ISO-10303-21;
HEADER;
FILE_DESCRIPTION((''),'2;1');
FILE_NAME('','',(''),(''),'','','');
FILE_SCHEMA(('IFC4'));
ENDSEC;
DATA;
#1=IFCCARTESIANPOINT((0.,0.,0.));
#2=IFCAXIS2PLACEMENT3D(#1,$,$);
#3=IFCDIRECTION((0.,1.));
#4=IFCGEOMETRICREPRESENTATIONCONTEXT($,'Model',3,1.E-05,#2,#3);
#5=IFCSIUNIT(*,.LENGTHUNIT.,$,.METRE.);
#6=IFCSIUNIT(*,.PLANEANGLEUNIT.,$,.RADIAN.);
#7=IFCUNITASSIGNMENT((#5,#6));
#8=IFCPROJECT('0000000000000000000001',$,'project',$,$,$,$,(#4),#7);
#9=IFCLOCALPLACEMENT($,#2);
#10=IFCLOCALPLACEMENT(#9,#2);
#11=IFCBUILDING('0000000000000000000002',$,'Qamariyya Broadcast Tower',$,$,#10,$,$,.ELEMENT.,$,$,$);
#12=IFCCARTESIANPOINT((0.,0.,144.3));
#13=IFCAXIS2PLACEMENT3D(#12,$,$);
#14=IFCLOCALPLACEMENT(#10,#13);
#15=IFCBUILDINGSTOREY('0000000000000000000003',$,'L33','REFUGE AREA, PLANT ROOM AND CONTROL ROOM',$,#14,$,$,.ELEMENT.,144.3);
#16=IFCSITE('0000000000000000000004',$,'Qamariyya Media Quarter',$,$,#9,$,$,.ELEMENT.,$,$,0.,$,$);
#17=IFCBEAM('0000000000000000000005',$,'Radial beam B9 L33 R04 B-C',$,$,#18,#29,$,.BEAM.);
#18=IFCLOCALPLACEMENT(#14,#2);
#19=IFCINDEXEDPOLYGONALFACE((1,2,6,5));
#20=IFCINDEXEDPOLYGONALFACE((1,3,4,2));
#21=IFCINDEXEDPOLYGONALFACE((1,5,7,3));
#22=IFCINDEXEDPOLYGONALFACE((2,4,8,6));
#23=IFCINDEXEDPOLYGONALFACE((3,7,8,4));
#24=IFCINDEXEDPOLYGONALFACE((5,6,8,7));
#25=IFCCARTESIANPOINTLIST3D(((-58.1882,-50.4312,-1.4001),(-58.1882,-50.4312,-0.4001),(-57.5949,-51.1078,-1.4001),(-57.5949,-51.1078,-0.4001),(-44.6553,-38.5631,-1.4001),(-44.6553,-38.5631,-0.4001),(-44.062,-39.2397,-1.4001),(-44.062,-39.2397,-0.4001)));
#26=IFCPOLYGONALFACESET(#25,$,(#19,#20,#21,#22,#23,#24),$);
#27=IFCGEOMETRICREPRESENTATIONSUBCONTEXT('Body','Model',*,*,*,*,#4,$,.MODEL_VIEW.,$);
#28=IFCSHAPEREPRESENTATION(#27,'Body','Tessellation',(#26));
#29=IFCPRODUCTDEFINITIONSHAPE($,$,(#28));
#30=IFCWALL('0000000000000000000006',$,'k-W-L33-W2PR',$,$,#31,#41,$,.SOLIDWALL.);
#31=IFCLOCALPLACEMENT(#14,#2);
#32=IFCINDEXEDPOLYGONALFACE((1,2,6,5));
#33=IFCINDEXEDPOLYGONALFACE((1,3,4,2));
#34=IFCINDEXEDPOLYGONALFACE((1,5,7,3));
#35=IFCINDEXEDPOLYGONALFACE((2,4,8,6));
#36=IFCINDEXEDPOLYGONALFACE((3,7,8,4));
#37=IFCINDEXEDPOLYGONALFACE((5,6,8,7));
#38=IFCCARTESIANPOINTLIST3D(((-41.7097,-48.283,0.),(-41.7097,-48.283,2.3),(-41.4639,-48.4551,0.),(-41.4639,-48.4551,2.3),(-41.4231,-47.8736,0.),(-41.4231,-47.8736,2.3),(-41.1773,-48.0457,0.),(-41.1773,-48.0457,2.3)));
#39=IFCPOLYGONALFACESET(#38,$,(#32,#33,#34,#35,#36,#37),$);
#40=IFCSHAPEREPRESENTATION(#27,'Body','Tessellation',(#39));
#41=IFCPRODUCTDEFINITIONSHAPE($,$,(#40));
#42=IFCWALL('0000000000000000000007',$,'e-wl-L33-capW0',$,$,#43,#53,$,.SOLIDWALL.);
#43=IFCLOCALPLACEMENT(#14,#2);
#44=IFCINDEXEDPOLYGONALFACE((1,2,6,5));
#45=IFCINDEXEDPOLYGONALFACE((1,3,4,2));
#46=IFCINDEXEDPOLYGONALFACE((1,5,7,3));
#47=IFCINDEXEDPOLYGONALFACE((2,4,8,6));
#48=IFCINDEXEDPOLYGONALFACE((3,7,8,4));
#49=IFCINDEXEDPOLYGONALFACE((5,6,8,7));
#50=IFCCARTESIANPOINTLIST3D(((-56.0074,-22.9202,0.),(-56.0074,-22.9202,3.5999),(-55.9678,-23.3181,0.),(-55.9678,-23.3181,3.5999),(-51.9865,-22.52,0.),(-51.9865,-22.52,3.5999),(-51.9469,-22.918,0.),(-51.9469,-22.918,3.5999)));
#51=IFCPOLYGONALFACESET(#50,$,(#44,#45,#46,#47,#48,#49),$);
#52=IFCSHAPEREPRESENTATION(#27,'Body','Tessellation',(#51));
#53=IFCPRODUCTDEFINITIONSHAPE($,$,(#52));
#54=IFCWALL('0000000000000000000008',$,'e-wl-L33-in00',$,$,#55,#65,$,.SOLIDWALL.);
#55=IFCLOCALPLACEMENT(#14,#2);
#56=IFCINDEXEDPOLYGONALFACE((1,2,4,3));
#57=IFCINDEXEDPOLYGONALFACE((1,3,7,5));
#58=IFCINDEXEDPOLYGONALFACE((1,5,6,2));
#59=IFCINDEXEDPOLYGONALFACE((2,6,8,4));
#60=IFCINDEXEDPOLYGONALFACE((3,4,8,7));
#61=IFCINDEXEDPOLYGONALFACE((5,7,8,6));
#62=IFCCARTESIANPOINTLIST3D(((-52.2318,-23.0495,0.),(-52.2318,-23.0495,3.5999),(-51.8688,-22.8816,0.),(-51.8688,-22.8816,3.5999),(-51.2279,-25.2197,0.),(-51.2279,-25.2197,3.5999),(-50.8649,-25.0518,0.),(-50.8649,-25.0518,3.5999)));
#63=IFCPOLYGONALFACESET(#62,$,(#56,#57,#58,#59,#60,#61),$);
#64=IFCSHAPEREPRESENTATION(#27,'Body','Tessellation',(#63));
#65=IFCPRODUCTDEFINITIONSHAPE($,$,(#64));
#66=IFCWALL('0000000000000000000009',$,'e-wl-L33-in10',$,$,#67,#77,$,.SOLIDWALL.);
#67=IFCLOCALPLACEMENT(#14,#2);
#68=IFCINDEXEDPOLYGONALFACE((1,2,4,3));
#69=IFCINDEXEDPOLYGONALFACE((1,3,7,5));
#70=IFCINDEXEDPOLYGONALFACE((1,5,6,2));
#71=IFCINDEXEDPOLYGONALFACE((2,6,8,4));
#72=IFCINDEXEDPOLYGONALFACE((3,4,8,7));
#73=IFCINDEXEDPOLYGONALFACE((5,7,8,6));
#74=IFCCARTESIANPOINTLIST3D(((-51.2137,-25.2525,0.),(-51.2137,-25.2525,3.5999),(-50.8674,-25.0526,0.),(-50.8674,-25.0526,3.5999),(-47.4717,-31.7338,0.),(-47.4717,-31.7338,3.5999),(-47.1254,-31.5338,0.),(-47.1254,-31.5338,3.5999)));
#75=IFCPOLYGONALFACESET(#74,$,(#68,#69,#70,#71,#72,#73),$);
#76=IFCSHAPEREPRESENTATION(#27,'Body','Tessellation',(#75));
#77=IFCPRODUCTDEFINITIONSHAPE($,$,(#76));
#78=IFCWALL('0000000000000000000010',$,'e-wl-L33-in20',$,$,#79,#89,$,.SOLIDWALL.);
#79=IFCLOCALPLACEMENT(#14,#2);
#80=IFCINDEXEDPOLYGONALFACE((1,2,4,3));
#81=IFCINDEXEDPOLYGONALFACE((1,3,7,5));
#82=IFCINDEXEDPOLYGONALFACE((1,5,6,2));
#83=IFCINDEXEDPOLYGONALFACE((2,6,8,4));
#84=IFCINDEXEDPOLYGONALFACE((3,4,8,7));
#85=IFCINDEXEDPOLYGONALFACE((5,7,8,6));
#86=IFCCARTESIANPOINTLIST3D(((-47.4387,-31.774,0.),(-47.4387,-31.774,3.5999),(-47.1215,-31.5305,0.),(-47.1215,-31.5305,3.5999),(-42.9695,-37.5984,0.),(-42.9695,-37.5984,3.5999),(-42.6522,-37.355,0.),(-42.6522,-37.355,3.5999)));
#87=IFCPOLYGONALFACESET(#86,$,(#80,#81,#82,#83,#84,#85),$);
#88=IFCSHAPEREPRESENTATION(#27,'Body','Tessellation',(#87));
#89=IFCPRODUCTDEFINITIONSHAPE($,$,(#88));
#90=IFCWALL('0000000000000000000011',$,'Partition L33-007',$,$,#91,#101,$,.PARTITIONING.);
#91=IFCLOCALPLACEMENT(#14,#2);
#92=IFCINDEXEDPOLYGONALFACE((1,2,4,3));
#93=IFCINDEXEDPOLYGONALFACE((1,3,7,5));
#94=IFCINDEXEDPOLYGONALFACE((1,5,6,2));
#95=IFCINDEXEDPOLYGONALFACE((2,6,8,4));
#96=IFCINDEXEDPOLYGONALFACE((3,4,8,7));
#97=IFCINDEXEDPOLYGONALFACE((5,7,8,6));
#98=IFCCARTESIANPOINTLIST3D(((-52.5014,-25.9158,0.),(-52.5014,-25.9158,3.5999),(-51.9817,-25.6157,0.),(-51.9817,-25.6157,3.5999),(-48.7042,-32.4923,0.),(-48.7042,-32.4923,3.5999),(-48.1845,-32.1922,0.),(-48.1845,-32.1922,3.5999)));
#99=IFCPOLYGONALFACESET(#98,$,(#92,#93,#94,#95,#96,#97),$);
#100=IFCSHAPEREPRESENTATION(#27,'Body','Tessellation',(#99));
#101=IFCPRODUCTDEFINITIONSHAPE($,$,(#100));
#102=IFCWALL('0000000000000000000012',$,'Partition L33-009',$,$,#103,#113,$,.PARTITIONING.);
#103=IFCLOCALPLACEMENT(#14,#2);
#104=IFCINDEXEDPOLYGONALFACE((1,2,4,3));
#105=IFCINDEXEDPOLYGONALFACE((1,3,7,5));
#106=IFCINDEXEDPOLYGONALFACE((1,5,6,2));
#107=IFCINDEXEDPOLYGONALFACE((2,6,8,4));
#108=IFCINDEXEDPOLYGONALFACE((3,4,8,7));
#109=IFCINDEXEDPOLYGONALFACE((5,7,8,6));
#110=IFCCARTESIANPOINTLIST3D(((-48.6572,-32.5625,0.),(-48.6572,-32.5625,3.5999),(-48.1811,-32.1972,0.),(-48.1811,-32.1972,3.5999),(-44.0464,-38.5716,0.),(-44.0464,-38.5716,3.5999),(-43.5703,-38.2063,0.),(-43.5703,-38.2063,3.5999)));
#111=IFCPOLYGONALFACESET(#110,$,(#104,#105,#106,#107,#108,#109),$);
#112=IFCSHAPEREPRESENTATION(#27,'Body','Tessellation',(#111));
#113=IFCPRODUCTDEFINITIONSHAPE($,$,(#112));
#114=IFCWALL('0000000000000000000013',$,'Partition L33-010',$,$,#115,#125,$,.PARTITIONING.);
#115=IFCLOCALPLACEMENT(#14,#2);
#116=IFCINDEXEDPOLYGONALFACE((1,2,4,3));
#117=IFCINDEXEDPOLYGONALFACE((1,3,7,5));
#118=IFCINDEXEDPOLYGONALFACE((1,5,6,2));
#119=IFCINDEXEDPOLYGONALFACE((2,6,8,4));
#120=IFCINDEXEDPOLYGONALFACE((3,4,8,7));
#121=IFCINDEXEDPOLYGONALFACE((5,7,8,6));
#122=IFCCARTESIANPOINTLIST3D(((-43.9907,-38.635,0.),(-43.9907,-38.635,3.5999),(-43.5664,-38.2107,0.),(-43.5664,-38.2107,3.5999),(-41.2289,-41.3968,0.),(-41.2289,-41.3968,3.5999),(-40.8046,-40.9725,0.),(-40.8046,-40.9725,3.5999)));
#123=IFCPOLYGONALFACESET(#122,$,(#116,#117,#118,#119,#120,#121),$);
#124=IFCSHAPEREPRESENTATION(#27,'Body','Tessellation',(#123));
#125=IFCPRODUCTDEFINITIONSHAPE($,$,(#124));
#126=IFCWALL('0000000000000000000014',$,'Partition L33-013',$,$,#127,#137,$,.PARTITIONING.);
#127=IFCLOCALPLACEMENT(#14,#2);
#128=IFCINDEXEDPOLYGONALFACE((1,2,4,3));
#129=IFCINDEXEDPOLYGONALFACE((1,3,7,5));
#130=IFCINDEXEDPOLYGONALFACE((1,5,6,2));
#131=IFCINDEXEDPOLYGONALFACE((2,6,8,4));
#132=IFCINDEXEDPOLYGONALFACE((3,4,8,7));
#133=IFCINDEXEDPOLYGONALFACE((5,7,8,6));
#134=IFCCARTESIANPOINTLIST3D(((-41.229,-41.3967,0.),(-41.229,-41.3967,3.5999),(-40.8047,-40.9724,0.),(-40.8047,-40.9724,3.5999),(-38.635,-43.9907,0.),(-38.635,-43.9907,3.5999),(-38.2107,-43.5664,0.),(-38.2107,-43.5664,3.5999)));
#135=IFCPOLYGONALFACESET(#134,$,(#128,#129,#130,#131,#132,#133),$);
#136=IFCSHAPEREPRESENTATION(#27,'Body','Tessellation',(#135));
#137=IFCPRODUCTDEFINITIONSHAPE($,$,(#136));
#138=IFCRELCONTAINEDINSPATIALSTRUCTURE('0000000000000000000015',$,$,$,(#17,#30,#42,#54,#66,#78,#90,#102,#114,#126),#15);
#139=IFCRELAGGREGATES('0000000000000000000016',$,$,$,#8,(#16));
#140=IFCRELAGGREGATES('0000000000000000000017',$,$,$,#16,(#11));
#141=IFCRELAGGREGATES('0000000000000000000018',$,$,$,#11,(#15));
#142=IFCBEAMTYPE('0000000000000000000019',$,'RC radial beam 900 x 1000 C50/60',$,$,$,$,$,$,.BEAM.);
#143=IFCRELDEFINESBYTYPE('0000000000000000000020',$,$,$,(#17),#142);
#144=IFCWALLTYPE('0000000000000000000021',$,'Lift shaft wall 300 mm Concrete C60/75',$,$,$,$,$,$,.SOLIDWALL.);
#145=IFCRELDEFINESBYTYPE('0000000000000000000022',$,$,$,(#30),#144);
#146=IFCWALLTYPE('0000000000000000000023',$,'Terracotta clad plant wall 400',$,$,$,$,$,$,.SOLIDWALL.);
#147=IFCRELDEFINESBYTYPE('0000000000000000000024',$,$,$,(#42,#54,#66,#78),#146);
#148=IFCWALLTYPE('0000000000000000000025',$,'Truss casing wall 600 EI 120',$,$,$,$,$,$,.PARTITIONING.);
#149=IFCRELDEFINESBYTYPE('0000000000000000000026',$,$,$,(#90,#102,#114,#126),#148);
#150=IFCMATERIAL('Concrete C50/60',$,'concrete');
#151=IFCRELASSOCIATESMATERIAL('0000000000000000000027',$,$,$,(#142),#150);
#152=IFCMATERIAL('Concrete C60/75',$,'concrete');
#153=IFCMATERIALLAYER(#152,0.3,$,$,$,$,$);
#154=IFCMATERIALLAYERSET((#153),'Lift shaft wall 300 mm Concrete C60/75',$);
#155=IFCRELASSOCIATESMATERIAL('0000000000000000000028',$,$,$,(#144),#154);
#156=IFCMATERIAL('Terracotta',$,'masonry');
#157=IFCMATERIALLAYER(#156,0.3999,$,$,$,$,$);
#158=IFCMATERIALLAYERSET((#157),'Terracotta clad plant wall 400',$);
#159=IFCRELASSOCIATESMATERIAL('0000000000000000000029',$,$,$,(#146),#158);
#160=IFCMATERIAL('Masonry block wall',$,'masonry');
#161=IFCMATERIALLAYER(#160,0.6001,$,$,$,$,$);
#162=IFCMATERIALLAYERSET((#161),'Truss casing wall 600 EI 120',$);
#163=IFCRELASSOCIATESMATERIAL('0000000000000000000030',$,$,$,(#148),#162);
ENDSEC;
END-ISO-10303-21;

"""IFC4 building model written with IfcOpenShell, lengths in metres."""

from ifc_helpers import new_model, si_unit, direction, frame, frame_2d, origin, origin_2d, place, context, subcontext, project, spatial, rectangle, extrude, material, layer, layer_set, material_profile, profile_set, type_object, element, save


model = new_model("IFC4")

# Units and contexts
model_context = context("Model", 3, precision=1e-05, world=origin(), true_north=direction((0.0, 1.0)))
body_context = subcontext(model_context, "Body", "Model", "MODEL_VIEW")
ifc_project = project(units=[si_unit("LENGTHUNIT", "METRE"), si_unit("PLANEANGLEUNIT", "RADIAN")], contexts=[model_context])

# Site, building, storey
site_placement = place(None, origin())
site = spatial("IfcSite", under=ifc_project, at=site_placement, Name="Qamariyya Media Quarter", CompositionType="ELEMENT", RefElevation=0.0)
building_placement = place(site_placement, origin())
building = spatial("IfcBuilding", under=site, at=building_placement, Name="Qamariyya Broadcast Tower", CompositionType="ELEMENT")
storey_placement = place(building_placement, frame((0.0, 0.0, 144.3)))
storey = spatial("IfcBuildingStorey", under=building, at=storey_placement, Name="L33", Description="REFUGE AREA, PLANT ROOM AND CONTROL ROOM", CompositionType="ELEMENT", Elevation=144.3)

# Beam
ifc_material_1 = material(Name="Concrete C50/60", Category="concrete")
ifc_material_profile_1 = material_profile(ifc_material_1, rectangle(XDim=0.8999, YDim=1.0, at=origin_2d()))
ifc_profile_set_1 = profile_set([ifc_material_profile_1], Name="Concrete C50/60")
beam_type_1 = type_object("IfcBeamType", Name="RC radial beam 900 x 1000 C50/60", PredefinedType="BEAM", material=ifc_profile_set_1)
beam_1_placement = place(storey_placement, frame((-44.3586, -38.9014, -0.9001), z_axis=(-0.751838, -0.659348, 0.0), x_axis=(0.659348, -0.751838, 0.0)))
element("IfcBeam", 1, at=beam_1_placement, inside=storey, type_object=beam_type_1, Name="Radial beam B9 L33 R04 B-C", PredefinedType="BEAM", context=body_context, shape_type="SweptSolid", body=[
    extrude(rectangle(XDim=0.8999, YDim=1.0, at=origin_2d()), origin(), (0.0, 0.0, 1.0), 17.9998),
])

# Walls
ifc_material_2 = material(Name="Concrete C60/75", Category="concrete")
ifc_layer_1 = layer(ifc_material_2, 0.3)
ifc_layer_set_1 = layer_set([ifc_layer_1], Name="Lift shaft wall 300 mm Concrete C60/75")
wall_type_1 = type_object("IfcWallType", Name="Lift shaft wall 300 mm Concrete C60/75", PredefinedType="SOLIDWALL", material=ifc_layer_set_1)
wall_1_placement = place(storey_placement, frame((-41.5869, -48.3691, 0.0), z_axis=(0.0, 0.0, 1.0), x_axis=(0.573495, 0.819209, 0.0)))
element("IfcWall", 2, at=wall_1_placement, inside=storey, type_object=wall_type_1, Name="k-W-L33-W2PR", PredefinedType="SOLIDWALL", context=body_context, shape_type="SweptSolid", body=[
    extrude(rectangle(XDim=0.4998, YDim=0.3, at=frame_2d((0.25, 0.0))), origin(), (0.0, 0.0, 1.0), 2.3),
])
ifc_material_3 = material(Name="Terracotta", Category="masonry")
ifc_layer_2 = layer(ifc_material_3, 0.3999)
ifc_layer_set_2 = layer_set([ifc_layer_2], Name="Terracotta clad plant wall 400")
wall_type_2 = type_object("IfcWallType", Name="Terracotta clad plant wall 400", PredefinedType="SOLIDWALL", material=ifc_layer_set_2)
wall_2_placement = place(storey_placement, frame((-51.9666, -22.719, 0.0), z_axis=(0.0, 0.0, 1.0), x_axis=(-0.995085, -0.099025, 0.0)))
element("IfcWall", 3, at=wall_2_placement, inside=storey, type_object=wall_type_2, Name="e-wl-L33-capW0", PredefinedType="SOLIDWALL", context=body_context, shape_type="SweptSolid", body=[
    extrude(rectangle(XDim=4.0408, YDim=0.3999, at=frame_2d((2.0205, 0.0))), origin(), (0.0, 0.0, 1.0), 3.5999),
])
wall_3_placement = place(storey_placement, frame((-51.0464, -25.1357, 0.0), z_axis=(0.0, 0.0, 1.0), x_axis=(-0.419848, 0.907594, 0.0)))
element("IfcWall", 4, at=wall_3_placement, inside=storey, type_object=wall_type_2, Name="e-wl-L33-in00", PredefinedType="SOLIDWALL", context=body_context, shape_type="SweptSolid", body=[
    extrude(rectangle(XDim=2.3911, YDim=0.3999, at=frame_2d((1.1956, 0.0))), origin(), (0.0, 0.0, 1.0), 3.5999),
])
wall_4_placement = place(storey_placement, frame((-47.2986, -31.6338, 0.0), z_axis=(0.0, 0.0, 1.0), x_axis=(-0.500002, 0.866024, 0.0)))
element("IfcWall", 5, at=wall_4_placement, inside=storey, type_object=wall_type_2, Name="e-wl-L33-in10", PredefinedType="SOLIDWALL", context=body_context, shape_type="SweptSolid", body=[
    extrude(rectangle(XDim=7.4839, YDim=0.3999, at=frame_2d((3.7419, 0.0))), origin(), (0.0, 0.0, 1.0), 3.5999),
])
wall_5_placement = place(storey_placement, frame((-42.8108, -37.4768, 0.0), z_axis=(0.0, 0.0, 1.0), x_axis=(-0.608759, 0.793355, 0.0)))
element("IfcWall", 6, at=wall_5_placement, inside=storey, type_object=wall_type_2, Name="e-wl-L33-in20", PredefinedType="SOLIDWALL", context=body_context, shape_type="SweptSolid", body=[
    extrude(rectangle(XDim=7.3416, YDim=0.3999, at=frame_2d((3.6709, 0.0))), origin(), (0.0, 0.0, 1.0), 3.5999),
])
ifc_material_4 = material(Name="Masonry block wall", Category="masonry")
ifc_layer_3 = layer(ifc_material_4, 0.6001)
ifc_layer_set_3 = layer_set([ifc_layer_3], Name="Truss casing wall 600 EI 120")
wall_type_3 = type_object("IfcWallType", Name="Truss casing wall 600 EI 120", PredefinedType="PARTITIONING", material=ifc_layer_set_3)
wall_6_placement = place(storey_placement, frame((-52.2415, -25.7659, 0.0), z_axis=(0.0, 0.0, 1.0), x_axis=(0.500022, -0.866013, 0.0)))
element("IfcWall", 7, at=wall_6_placement, inside=storey, type_object=wall_type_3, Name="Partition L33-007", PredefinedType="PARTITIONING", context=body_context, shape_type="SweptSolid", body=[
    extrude(rectangle(XDim=7.594, YDim=0.6001, at=frame_2d((3.7969, 0.0))), origin(), (0.0, 0.0, 1.0), 3.5999),
])
wall_7_placement = place(storey_placement, frame((-48.4192, -32.3799, 0.0), z_axis=(0.0, 0.0, 1.0), x_axis=(0.608757, -0.793357, 0.0)))
element("IfcWall", 8, at=wall_7_placement, inside=storey, type_object=wall_type_3, Name="Partition L33-009", PredefinedType="PARTITIONING", context=body_context, shape_type="SweptSolid", body=[
    extrude(rectangle(XDim=7.5742, YDim=0.6001, at=frame_2d((3.7871, 0.0))), origin(), (0.0, 0.0, 1.0), 3.5999),
])
wall_8_placement = place(storey_placement, frame((-43.7786, -38.4229, 0.0), z_axis=(0.0, 0.0, 1.0), x_axis=(0.707107, -0.707107, 0.0)))
element("IfcWall", 9, at=wall_8_placement, inside=storey, type_object=wall_type_3, Name="Partition L33-010", PredefinedType="PARTITIONING", context=body_context, shape_type="SweptSolid", body=[
    extrude(rectangle(XDim=3.9058, YDim=0.6001, at=frame_2d((1.9529, 0.0))), origin(), (0.0, 0.0, 1.0), 3.5999),
])
wall_9_placement = place(storey_placement, frame((-41.0168, -41.1846, 0.0), z_axis=(0.0, 0.0, 1.0), x_axis=(0.707107, -0.707107, 0.0)))
element("IfcWall", 10, at=wall_9_placement, inside=storey, type_object=wall_type_3, Name="Partition L33-013", PredefinedType="PARTITIONING", context=body_context, shape_type="SweptSolid", body=[
    extrude(rectangle(XDim=3.6685, YDim=0.6001, at=frame_2d((1.8342, 0.0))), origin(), (0.0, 0.0, 1.0), 3.5999),
])

save(model, "model.ifc")
